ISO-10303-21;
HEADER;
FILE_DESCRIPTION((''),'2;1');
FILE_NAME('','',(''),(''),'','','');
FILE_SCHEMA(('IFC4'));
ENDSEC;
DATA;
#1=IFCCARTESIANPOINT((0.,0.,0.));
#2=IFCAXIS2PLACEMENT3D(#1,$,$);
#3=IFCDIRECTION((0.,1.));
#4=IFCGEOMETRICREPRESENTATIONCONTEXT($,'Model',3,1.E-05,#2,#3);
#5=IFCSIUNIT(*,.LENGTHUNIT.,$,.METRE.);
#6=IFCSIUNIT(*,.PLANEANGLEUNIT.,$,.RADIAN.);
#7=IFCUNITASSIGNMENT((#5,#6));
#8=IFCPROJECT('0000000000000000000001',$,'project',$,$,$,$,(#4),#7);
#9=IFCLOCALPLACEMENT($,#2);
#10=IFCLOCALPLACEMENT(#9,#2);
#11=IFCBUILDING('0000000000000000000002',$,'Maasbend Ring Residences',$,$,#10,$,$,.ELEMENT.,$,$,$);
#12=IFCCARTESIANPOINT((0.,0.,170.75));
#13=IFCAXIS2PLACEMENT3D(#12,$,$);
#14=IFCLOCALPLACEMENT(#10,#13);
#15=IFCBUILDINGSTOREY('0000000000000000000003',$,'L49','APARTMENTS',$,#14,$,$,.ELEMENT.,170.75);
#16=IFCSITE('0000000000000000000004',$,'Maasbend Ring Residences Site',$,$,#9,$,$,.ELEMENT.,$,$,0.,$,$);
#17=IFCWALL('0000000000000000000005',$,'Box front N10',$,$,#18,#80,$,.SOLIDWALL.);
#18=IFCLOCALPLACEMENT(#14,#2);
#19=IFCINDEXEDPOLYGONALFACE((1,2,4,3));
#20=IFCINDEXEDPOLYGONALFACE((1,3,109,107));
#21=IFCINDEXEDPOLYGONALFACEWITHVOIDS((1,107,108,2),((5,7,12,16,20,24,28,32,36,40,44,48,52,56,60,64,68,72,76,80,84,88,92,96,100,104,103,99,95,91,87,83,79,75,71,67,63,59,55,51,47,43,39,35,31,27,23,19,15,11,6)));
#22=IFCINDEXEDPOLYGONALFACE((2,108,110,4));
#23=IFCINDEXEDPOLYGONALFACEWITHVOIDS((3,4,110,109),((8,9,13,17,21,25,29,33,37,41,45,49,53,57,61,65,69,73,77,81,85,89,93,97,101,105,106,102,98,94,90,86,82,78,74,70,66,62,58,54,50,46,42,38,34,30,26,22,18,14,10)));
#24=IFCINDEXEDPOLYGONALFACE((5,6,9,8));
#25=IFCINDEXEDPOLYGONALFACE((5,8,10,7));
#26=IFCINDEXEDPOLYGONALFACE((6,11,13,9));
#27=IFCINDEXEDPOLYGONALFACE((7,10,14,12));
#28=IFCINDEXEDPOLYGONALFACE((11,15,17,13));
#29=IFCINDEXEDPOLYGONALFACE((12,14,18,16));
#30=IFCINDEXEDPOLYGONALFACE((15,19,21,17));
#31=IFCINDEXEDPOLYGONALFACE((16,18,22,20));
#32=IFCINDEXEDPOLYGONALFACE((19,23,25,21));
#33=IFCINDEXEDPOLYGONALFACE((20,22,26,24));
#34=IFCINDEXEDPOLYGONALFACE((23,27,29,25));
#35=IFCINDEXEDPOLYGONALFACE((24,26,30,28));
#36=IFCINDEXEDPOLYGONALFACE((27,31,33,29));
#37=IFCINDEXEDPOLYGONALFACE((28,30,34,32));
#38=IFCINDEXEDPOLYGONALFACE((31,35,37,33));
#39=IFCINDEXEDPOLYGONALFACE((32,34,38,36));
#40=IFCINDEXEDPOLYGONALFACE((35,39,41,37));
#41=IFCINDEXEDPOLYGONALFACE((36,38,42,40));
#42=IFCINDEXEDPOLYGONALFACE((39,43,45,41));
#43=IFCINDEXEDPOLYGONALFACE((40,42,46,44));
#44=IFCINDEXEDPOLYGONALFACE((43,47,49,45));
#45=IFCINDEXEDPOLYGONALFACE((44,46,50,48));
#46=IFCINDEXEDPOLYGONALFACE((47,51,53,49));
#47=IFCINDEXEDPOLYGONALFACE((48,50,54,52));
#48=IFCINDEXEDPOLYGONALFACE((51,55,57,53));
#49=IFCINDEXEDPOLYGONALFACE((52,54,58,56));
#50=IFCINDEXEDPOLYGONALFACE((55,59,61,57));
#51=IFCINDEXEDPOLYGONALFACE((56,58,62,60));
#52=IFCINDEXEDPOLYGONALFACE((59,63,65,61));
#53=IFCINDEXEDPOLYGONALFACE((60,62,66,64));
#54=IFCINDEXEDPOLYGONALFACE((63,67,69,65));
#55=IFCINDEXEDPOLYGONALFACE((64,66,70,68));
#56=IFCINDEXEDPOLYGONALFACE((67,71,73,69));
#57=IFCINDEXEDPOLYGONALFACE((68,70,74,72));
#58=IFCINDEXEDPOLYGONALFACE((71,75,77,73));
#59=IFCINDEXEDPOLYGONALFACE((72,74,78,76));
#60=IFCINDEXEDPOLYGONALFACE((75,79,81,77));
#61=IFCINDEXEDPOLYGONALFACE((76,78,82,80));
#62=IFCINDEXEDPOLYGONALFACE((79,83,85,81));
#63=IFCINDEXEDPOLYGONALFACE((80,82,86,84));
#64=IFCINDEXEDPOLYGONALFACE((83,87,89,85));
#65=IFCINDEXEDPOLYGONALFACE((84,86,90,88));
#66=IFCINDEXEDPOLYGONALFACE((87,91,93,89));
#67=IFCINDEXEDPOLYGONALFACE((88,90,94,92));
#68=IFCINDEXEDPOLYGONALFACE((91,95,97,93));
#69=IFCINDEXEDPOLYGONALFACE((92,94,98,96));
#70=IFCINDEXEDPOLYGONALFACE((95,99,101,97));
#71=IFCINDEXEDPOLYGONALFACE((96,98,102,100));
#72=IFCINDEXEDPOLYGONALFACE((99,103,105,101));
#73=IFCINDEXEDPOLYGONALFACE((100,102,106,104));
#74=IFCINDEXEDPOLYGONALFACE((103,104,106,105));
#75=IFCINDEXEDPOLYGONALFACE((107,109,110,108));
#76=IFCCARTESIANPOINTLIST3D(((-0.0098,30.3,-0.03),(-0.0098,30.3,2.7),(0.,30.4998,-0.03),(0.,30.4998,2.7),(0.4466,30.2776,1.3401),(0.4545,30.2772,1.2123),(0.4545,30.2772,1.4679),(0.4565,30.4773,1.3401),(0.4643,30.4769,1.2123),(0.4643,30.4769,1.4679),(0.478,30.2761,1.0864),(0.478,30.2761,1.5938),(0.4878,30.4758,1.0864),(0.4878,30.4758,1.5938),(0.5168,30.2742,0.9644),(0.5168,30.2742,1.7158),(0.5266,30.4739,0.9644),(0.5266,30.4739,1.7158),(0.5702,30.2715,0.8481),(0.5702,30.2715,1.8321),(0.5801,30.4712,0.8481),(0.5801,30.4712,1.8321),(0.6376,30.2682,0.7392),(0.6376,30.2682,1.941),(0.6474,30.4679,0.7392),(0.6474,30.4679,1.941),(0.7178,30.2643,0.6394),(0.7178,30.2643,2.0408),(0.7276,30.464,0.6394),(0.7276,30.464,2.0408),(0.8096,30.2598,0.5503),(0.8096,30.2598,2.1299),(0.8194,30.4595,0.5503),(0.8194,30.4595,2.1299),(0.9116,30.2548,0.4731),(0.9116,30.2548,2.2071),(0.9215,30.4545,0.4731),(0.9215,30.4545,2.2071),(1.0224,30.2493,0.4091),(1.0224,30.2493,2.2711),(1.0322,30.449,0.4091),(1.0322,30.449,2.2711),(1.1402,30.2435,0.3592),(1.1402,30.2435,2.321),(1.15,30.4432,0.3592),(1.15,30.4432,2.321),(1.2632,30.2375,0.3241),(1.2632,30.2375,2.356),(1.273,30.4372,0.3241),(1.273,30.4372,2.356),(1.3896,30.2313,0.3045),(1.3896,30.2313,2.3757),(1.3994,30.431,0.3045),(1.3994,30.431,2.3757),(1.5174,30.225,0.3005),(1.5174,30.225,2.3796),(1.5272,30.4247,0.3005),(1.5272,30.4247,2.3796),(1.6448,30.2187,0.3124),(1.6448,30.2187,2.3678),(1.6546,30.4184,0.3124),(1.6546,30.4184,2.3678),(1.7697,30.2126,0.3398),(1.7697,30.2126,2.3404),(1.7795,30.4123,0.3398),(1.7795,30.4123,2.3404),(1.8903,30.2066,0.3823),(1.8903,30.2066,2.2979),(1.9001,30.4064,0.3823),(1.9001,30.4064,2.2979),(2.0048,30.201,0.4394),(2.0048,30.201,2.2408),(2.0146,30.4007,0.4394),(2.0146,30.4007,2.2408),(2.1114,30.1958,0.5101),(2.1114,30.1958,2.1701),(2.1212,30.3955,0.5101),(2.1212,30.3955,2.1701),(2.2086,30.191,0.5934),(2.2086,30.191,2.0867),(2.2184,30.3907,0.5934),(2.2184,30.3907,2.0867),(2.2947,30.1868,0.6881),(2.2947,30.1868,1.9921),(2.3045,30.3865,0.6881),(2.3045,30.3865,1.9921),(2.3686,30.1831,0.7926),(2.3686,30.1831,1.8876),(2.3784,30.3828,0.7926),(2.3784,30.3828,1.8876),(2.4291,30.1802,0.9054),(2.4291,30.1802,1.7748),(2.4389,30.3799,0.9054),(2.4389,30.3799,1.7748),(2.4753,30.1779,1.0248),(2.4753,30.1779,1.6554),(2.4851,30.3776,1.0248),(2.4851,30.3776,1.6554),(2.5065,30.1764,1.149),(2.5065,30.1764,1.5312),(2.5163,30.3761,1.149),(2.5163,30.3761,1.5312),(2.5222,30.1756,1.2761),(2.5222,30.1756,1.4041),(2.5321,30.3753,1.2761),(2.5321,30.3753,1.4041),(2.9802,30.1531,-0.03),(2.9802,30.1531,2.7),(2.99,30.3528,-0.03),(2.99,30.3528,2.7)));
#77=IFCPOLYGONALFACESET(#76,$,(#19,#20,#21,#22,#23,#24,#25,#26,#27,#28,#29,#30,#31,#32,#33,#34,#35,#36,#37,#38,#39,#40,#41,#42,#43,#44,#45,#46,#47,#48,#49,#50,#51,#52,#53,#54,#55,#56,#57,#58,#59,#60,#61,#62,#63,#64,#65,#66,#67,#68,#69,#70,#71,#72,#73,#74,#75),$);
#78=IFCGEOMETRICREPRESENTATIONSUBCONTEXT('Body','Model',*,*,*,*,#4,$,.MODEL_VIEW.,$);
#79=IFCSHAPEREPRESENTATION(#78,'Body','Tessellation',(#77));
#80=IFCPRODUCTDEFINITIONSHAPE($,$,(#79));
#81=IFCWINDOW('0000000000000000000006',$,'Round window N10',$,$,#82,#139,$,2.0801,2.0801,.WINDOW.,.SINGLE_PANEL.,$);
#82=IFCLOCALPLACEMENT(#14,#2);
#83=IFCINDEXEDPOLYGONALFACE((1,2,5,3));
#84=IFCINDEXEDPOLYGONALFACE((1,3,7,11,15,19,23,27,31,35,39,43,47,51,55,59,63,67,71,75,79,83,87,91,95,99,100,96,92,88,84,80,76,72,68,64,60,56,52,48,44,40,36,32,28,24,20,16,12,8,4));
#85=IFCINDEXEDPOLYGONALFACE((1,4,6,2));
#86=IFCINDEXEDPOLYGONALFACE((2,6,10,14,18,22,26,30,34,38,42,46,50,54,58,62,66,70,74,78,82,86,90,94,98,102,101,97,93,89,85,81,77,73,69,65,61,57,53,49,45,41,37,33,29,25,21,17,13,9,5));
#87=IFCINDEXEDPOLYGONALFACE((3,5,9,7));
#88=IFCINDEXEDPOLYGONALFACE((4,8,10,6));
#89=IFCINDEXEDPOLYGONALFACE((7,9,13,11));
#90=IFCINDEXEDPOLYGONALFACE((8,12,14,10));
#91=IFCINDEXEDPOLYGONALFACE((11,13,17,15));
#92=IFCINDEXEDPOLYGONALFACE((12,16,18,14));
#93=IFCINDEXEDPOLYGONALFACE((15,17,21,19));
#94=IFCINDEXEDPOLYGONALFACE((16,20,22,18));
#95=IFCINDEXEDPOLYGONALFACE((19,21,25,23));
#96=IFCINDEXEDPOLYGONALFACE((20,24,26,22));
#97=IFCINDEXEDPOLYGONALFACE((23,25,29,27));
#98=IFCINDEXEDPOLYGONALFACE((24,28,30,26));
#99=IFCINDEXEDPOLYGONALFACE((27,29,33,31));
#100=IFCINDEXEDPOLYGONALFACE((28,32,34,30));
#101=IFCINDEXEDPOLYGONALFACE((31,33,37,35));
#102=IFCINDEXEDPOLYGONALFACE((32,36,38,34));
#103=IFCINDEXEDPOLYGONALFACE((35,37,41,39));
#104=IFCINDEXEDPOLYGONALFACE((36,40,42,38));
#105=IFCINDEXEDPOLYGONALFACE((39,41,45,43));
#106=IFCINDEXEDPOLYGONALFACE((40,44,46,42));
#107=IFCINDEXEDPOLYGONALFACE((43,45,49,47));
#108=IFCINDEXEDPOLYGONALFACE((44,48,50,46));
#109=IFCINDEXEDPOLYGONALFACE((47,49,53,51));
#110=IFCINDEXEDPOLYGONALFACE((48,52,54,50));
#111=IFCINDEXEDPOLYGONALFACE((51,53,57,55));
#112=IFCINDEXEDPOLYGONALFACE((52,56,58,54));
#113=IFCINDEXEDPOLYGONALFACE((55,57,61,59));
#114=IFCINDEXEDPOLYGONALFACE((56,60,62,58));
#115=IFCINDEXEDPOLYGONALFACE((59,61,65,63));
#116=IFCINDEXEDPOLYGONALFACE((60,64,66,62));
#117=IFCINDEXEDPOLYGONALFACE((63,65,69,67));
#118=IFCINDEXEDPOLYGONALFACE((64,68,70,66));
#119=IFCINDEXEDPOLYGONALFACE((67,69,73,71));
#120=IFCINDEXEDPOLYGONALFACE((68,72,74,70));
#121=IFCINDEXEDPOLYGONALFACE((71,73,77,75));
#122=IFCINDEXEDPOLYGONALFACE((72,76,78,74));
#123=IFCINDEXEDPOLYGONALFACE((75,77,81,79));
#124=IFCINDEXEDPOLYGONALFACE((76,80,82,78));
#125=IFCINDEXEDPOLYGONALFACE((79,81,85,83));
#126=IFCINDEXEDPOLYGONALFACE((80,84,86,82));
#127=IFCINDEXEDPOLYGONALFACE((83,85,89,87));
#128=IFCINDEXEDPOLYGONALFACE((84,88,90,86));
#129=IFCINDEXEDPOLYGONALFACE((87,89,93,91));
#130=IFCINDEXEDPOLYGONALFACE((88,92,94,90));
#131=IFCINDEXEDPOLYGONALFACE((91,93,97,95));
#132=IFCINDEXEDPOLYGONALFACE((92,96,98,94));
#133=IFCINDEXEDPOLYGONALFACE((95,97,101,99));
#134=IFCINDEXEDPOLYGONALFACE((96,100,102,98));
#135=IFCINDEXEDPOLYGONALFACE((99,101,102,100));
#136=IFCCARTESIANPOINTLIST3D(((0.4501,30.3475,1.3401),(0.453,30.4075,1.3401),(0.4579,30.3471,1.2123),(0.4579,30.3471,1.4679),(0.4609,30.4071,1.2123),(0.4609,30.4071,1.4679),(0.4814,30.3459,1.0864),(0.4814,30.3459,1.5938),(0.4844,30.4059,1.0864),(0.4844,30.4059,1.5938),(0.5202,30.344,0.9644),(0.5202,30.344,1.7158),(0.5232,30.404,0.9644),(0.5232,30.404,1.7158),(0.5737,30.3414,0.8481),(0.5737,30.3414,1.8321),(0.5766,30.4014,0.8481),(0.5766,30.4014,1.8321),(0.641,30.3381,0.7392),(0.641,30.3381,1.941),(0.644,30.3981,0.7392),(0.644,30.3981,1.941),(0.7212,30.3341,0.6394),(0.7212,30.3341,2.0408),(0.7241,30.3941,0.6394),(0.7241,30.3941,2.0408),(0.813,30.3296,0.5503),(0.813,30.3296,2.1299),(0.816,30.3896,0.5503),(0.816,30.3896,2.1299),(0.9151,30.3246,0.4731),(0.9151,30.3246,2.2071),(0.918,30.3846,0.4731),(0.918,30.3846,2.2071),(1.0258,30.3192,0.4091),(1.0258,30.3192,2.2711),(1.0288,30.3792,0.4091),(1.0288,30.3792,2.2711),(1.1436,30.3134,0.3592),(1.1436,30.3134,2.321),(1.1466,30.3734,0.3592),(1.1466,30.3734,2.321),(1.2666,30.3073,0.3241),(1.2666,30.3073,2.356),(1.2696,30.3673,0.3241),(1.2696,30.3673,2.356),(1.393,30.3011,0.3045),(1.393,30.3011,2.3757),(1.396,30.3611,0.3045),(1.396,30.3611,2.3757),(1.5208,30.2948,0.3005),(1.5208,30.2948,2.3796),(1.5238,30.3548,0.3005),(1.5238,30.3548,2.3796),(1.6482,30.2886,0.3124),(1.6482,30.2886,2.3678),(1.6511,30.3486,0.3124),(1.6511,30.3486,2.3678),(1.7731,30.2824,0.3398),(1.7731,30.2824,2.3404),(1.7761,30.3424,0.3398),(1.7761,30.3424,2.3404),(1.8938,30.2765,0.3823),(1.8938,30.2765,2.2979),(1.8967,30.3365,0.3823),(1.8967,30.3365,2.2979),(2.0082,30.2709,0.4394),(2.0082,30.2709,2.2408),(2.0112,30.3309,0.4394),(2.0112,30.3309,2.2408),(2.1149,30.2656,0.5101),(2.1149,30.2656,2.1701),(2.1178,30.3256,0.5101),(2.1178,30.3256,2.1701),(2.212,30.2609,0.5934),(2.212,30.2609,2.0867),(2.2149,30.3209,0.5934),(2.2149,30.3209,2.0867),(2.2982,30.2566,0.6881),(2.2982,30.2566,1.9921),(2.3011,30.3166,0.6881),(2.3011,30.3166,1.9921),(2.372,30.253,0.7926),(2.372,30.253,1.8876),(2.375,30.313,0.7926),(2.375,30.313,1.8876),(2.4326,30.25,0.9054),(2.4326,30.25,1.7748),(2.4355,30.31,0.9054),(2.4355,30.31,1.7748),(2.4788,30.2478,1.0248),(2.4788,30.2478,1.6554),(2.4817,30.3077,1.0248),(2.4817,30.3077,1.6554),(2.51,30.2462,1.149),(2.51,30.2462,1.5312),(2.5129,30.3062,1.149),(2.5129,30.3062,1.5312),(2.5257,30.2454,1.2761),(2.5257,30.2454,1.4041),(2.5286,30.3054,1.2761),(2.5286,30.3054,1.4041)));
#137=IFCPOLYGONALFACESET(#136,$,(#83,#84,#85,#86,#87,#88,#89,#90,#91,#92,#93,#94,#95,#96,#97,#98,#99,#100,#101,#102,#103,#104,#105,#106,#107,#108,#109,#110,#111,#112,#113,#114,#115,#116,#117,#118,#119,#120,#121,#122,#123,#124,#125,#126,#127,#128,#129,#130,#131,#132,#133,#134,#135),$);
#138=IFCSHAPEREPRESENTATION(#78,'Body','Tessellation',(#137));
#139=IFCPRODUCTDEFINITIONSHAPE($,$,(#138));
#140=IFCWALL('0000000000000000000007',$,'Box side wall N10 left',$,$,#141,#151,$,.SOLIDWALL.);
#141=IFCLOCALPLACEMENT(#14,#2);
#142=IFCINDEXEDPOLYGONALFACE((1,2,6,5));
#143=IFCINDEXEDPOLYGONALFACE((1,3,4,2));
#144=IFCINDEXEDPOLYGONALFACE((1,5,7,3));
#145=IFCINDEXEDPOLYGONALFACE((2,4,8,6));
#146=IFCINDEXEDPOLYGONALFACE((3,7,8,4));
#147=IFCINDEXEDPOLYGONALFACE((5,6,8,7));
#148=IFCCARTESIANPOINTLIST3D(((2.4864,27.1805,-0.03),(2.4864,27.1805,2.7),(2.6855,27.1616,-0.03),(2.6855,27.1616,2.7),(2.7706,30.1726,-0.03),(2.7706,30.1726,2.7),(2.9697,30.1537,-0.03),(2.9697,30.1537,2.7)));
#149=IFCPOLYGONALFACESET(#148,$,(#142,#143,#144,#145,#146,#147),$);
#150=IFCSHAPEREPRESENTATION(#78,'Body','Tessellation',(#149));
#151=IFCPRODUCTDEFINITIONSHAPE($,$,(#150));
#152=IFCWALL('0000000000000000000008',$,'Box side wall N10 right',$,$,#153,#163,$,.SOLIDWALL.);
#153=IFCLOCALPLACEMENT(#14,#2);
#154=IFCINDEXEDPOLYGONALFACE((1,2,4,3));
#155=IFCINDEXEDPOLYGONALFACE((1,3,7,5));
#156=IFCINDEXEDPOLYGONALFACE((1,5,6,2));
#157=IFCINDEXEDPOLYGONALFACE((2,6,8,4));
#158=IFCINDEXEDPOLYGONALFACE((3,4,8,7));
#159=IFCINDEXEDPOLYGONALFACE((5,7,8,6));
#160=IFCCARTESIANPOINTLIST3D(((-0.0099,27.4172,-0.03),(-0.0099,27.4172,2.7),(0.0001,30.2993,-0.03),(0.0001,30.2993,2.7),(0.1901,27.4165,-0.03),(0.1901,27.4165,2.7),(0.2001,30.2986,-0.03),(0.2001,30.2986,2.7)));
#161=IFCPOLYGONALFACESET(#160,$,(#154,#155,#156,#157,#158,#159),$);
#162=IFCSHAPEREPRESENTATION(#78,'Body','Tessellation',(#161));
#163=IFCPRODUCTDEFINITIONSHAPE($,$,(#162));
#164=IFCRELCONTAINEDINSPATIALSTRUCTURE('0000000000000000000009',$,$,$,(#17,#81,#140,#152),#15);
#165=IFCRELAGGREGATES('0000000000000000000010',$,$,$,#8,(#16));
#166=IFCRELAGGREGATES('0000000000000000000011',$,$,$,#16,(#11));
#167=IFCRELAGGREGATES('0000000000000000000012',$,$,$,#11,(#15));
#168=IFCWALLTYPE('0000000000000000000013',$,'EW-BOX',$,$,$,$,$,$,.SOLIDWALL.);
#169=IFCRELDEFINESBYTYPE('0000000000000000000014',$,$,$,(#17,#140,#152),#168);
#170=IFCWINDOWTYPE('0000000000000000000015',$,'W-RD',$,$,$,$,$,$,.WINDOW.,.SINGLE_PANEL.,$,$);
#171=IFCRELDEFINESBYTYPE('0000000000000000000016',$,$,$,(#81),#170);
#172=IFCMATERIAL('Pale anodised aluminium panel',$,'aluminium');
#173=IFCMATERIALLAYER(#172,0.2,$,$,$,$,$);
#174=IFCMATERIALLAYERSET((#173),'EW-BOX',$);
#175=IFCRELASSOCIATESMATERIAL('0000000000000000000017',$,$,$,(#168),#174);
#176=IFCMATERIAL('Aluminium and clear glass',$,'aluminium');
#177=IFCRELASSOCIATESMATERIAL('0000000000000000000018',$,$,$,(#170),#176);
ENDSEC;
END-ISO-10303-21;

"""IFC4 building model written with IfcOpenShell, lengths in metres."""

from ifc_helpers import new_model, si_unit, direction, frame, frame_2d, origin, place, context, subcontext, project, spatial, rectangle, circle, extrude, material, layer, layer_set, type_object, element, fill, save


model = new_model("IFC4")

# Units and contexts
model_context = context("Model", 3, precision=1e-05, world=origin(), true_north=direction((0.0, 1.0)))
body_context = subcontext(model_context, "Body", "Model", "MODEL_VIEW")
ifc_project = project(units=[si_unit("LENGTHUNIT", "METRE"), si_unit("PLANEANGLEUNIT", "RADIAN")], contexts=[model_context])

# Site, building, storey
site_placement = place(None, origin())
site = spatial("IfcSite", under=ifc_project, at=site_placement, Name="Maasbend Ring Residences Site", CompositionType="ELEMENT", RefElevation=0.0)
building_placement = place(site_placement, origin())
building = spatial("IfcBuilding", under=site, at=building_placement, Name="Maasbend Ring Residences", CompositionType="ELEMENT")
storey_placement = place(building_placement, frame((0.0, 0.0, 170.75)))
storey = spatial("IfcBuildingStorey", under=building, at=storey_placement, Name="L49", Description="APARTMENTS", CompositionType="ELEMENT", Elevation=170.75)

# Shared definitions
ifc_material_1 = material(Name="Pale anodised aluminium panel", Category="aluminium")
ifc_layer_1 = layer(ifc_material_1, 0.2)
ifc_layer_set_1 = layer_set([ifc_layer_1], Name="EW-BOX")
wall_type_1 = type_object("IfcWallType", Name="EW-BOX", PredefinedType="SOLIDWALL", material=ifc_layer_set_1)

# Shared definitions
ifc_material_2 = material(Name="Aluminium and clear glass", Category="aluminium")
window_type_1 = type_object("IfcWindowType", Name="W-RD", PartitioningType="SINGLE_PANEL", PredefinedType="WINDOW", material=ifc_material_2)

# Wall, opening, window
wall_1_placement = place(storey_placement, frame((2.9851, 30.2529, -0.03), z_axis=(0.0, 0.0, 1.0), x_axis=(-0.998794, 0.049096, 0.0)))
wall_1 = element("IfcWall", 1, at=wall_1_placement, inside=storey, type_object=wall_type_1, Name="Box front N10", PredefinedType="SOLIDWALL", context=body_context, shape_type="SweptSolid", body=[
    extrude(rectangle(XDim=2.9937, YDim=0.2, at=frame_2d((1.4968, 0.0))), origin(), (0.0, 0.0, 1.0), 2.73),
])
opening_1_placement = place(wall_1_placement, frame((0.4565, 0.0, 0.3301)))
opening_1 = element("IfcOpeningElement", 2, at=opening_1_placement, cuts=wall_1, PredefinedType="OPENING", context=body_context, shape_type="SweptSolid", body=[
    extrude(circle(Radius=1.04, at=frame_2d((1.04, 1.04))), frame((0.0, 0.1099, 0.0), z_axis=(0.0, -1.0, 0.0), x_axis=(1.0, 0.0, 0.0)), (0.0, 0.0, 1.0), 0.22),
])
window_1_placement = place(opening_1_placement, origin())
window_1 = element("IfcWindow", 3, at=window_1_placement, inside=storey, type_object=window_type_1, Name="Round window N10", OverallHeight=2.0801, OverallWidth=2.0801, PartitioningType="SINGLE_PANEL", PredefinedType="WINDOW", context=body_context, shape_type="SweptSolid", body=[
    extrude(circle(Radius=1.04, at=frame_2d((1.04, 1.04))), frame((0.0, 0.03, 0.0), z_axis=(0.0, -1.0, 0.0), x_axis=(1.0, 0.0, 0.0)), (0.0, 0.0, 1.0), 0.0601),
])
fill(opening_1, window_1)

# Walls
wall_2_placement = place(storey_placement, frame((2.5859, 27.1709, -0.03), z_axis=(0.0, 0.0, 1.0), x_axis=(0.094548, 0.99552, 0.0)))
element("IfcWall", 4, at=wall_2_placement, inside=storey, type_object=wall_type_1, Name="Box side wall N10 left", PredefinedType="SOLIDWALL", context=body_context, shape_type="SweptSolid", body=[
    extrude(rectangle(XDim=3.0056, YDim=0.2, at=frame_2d((1.5029, 0.0))), origin(), (0.0, 0.0, 1.0), 2.73),
])
wall_3_placement = place(storey_placement, frame((0.0901, 27.417, -0.03), z_axis=(0.0, 0.0, 1.0), x_axis=(0.003473, 0.999994, 0.0)))
element("IfcWall", 5, at=wall_3_placement, inside=storey, type_object=wall_type_1, Name="Box side wall N10 right", PredefinedType="SOLIDWALL", context=body_context, shape_type="SweptSolid", body=[
    extrude(rectangle(XDim=2.8821, YDim=0.2, at=frame_2d((1.4409, 0.0))), origin(), (0.0, 0.0, 1.0), 2.73),
])

save(model, "model.ifc")
